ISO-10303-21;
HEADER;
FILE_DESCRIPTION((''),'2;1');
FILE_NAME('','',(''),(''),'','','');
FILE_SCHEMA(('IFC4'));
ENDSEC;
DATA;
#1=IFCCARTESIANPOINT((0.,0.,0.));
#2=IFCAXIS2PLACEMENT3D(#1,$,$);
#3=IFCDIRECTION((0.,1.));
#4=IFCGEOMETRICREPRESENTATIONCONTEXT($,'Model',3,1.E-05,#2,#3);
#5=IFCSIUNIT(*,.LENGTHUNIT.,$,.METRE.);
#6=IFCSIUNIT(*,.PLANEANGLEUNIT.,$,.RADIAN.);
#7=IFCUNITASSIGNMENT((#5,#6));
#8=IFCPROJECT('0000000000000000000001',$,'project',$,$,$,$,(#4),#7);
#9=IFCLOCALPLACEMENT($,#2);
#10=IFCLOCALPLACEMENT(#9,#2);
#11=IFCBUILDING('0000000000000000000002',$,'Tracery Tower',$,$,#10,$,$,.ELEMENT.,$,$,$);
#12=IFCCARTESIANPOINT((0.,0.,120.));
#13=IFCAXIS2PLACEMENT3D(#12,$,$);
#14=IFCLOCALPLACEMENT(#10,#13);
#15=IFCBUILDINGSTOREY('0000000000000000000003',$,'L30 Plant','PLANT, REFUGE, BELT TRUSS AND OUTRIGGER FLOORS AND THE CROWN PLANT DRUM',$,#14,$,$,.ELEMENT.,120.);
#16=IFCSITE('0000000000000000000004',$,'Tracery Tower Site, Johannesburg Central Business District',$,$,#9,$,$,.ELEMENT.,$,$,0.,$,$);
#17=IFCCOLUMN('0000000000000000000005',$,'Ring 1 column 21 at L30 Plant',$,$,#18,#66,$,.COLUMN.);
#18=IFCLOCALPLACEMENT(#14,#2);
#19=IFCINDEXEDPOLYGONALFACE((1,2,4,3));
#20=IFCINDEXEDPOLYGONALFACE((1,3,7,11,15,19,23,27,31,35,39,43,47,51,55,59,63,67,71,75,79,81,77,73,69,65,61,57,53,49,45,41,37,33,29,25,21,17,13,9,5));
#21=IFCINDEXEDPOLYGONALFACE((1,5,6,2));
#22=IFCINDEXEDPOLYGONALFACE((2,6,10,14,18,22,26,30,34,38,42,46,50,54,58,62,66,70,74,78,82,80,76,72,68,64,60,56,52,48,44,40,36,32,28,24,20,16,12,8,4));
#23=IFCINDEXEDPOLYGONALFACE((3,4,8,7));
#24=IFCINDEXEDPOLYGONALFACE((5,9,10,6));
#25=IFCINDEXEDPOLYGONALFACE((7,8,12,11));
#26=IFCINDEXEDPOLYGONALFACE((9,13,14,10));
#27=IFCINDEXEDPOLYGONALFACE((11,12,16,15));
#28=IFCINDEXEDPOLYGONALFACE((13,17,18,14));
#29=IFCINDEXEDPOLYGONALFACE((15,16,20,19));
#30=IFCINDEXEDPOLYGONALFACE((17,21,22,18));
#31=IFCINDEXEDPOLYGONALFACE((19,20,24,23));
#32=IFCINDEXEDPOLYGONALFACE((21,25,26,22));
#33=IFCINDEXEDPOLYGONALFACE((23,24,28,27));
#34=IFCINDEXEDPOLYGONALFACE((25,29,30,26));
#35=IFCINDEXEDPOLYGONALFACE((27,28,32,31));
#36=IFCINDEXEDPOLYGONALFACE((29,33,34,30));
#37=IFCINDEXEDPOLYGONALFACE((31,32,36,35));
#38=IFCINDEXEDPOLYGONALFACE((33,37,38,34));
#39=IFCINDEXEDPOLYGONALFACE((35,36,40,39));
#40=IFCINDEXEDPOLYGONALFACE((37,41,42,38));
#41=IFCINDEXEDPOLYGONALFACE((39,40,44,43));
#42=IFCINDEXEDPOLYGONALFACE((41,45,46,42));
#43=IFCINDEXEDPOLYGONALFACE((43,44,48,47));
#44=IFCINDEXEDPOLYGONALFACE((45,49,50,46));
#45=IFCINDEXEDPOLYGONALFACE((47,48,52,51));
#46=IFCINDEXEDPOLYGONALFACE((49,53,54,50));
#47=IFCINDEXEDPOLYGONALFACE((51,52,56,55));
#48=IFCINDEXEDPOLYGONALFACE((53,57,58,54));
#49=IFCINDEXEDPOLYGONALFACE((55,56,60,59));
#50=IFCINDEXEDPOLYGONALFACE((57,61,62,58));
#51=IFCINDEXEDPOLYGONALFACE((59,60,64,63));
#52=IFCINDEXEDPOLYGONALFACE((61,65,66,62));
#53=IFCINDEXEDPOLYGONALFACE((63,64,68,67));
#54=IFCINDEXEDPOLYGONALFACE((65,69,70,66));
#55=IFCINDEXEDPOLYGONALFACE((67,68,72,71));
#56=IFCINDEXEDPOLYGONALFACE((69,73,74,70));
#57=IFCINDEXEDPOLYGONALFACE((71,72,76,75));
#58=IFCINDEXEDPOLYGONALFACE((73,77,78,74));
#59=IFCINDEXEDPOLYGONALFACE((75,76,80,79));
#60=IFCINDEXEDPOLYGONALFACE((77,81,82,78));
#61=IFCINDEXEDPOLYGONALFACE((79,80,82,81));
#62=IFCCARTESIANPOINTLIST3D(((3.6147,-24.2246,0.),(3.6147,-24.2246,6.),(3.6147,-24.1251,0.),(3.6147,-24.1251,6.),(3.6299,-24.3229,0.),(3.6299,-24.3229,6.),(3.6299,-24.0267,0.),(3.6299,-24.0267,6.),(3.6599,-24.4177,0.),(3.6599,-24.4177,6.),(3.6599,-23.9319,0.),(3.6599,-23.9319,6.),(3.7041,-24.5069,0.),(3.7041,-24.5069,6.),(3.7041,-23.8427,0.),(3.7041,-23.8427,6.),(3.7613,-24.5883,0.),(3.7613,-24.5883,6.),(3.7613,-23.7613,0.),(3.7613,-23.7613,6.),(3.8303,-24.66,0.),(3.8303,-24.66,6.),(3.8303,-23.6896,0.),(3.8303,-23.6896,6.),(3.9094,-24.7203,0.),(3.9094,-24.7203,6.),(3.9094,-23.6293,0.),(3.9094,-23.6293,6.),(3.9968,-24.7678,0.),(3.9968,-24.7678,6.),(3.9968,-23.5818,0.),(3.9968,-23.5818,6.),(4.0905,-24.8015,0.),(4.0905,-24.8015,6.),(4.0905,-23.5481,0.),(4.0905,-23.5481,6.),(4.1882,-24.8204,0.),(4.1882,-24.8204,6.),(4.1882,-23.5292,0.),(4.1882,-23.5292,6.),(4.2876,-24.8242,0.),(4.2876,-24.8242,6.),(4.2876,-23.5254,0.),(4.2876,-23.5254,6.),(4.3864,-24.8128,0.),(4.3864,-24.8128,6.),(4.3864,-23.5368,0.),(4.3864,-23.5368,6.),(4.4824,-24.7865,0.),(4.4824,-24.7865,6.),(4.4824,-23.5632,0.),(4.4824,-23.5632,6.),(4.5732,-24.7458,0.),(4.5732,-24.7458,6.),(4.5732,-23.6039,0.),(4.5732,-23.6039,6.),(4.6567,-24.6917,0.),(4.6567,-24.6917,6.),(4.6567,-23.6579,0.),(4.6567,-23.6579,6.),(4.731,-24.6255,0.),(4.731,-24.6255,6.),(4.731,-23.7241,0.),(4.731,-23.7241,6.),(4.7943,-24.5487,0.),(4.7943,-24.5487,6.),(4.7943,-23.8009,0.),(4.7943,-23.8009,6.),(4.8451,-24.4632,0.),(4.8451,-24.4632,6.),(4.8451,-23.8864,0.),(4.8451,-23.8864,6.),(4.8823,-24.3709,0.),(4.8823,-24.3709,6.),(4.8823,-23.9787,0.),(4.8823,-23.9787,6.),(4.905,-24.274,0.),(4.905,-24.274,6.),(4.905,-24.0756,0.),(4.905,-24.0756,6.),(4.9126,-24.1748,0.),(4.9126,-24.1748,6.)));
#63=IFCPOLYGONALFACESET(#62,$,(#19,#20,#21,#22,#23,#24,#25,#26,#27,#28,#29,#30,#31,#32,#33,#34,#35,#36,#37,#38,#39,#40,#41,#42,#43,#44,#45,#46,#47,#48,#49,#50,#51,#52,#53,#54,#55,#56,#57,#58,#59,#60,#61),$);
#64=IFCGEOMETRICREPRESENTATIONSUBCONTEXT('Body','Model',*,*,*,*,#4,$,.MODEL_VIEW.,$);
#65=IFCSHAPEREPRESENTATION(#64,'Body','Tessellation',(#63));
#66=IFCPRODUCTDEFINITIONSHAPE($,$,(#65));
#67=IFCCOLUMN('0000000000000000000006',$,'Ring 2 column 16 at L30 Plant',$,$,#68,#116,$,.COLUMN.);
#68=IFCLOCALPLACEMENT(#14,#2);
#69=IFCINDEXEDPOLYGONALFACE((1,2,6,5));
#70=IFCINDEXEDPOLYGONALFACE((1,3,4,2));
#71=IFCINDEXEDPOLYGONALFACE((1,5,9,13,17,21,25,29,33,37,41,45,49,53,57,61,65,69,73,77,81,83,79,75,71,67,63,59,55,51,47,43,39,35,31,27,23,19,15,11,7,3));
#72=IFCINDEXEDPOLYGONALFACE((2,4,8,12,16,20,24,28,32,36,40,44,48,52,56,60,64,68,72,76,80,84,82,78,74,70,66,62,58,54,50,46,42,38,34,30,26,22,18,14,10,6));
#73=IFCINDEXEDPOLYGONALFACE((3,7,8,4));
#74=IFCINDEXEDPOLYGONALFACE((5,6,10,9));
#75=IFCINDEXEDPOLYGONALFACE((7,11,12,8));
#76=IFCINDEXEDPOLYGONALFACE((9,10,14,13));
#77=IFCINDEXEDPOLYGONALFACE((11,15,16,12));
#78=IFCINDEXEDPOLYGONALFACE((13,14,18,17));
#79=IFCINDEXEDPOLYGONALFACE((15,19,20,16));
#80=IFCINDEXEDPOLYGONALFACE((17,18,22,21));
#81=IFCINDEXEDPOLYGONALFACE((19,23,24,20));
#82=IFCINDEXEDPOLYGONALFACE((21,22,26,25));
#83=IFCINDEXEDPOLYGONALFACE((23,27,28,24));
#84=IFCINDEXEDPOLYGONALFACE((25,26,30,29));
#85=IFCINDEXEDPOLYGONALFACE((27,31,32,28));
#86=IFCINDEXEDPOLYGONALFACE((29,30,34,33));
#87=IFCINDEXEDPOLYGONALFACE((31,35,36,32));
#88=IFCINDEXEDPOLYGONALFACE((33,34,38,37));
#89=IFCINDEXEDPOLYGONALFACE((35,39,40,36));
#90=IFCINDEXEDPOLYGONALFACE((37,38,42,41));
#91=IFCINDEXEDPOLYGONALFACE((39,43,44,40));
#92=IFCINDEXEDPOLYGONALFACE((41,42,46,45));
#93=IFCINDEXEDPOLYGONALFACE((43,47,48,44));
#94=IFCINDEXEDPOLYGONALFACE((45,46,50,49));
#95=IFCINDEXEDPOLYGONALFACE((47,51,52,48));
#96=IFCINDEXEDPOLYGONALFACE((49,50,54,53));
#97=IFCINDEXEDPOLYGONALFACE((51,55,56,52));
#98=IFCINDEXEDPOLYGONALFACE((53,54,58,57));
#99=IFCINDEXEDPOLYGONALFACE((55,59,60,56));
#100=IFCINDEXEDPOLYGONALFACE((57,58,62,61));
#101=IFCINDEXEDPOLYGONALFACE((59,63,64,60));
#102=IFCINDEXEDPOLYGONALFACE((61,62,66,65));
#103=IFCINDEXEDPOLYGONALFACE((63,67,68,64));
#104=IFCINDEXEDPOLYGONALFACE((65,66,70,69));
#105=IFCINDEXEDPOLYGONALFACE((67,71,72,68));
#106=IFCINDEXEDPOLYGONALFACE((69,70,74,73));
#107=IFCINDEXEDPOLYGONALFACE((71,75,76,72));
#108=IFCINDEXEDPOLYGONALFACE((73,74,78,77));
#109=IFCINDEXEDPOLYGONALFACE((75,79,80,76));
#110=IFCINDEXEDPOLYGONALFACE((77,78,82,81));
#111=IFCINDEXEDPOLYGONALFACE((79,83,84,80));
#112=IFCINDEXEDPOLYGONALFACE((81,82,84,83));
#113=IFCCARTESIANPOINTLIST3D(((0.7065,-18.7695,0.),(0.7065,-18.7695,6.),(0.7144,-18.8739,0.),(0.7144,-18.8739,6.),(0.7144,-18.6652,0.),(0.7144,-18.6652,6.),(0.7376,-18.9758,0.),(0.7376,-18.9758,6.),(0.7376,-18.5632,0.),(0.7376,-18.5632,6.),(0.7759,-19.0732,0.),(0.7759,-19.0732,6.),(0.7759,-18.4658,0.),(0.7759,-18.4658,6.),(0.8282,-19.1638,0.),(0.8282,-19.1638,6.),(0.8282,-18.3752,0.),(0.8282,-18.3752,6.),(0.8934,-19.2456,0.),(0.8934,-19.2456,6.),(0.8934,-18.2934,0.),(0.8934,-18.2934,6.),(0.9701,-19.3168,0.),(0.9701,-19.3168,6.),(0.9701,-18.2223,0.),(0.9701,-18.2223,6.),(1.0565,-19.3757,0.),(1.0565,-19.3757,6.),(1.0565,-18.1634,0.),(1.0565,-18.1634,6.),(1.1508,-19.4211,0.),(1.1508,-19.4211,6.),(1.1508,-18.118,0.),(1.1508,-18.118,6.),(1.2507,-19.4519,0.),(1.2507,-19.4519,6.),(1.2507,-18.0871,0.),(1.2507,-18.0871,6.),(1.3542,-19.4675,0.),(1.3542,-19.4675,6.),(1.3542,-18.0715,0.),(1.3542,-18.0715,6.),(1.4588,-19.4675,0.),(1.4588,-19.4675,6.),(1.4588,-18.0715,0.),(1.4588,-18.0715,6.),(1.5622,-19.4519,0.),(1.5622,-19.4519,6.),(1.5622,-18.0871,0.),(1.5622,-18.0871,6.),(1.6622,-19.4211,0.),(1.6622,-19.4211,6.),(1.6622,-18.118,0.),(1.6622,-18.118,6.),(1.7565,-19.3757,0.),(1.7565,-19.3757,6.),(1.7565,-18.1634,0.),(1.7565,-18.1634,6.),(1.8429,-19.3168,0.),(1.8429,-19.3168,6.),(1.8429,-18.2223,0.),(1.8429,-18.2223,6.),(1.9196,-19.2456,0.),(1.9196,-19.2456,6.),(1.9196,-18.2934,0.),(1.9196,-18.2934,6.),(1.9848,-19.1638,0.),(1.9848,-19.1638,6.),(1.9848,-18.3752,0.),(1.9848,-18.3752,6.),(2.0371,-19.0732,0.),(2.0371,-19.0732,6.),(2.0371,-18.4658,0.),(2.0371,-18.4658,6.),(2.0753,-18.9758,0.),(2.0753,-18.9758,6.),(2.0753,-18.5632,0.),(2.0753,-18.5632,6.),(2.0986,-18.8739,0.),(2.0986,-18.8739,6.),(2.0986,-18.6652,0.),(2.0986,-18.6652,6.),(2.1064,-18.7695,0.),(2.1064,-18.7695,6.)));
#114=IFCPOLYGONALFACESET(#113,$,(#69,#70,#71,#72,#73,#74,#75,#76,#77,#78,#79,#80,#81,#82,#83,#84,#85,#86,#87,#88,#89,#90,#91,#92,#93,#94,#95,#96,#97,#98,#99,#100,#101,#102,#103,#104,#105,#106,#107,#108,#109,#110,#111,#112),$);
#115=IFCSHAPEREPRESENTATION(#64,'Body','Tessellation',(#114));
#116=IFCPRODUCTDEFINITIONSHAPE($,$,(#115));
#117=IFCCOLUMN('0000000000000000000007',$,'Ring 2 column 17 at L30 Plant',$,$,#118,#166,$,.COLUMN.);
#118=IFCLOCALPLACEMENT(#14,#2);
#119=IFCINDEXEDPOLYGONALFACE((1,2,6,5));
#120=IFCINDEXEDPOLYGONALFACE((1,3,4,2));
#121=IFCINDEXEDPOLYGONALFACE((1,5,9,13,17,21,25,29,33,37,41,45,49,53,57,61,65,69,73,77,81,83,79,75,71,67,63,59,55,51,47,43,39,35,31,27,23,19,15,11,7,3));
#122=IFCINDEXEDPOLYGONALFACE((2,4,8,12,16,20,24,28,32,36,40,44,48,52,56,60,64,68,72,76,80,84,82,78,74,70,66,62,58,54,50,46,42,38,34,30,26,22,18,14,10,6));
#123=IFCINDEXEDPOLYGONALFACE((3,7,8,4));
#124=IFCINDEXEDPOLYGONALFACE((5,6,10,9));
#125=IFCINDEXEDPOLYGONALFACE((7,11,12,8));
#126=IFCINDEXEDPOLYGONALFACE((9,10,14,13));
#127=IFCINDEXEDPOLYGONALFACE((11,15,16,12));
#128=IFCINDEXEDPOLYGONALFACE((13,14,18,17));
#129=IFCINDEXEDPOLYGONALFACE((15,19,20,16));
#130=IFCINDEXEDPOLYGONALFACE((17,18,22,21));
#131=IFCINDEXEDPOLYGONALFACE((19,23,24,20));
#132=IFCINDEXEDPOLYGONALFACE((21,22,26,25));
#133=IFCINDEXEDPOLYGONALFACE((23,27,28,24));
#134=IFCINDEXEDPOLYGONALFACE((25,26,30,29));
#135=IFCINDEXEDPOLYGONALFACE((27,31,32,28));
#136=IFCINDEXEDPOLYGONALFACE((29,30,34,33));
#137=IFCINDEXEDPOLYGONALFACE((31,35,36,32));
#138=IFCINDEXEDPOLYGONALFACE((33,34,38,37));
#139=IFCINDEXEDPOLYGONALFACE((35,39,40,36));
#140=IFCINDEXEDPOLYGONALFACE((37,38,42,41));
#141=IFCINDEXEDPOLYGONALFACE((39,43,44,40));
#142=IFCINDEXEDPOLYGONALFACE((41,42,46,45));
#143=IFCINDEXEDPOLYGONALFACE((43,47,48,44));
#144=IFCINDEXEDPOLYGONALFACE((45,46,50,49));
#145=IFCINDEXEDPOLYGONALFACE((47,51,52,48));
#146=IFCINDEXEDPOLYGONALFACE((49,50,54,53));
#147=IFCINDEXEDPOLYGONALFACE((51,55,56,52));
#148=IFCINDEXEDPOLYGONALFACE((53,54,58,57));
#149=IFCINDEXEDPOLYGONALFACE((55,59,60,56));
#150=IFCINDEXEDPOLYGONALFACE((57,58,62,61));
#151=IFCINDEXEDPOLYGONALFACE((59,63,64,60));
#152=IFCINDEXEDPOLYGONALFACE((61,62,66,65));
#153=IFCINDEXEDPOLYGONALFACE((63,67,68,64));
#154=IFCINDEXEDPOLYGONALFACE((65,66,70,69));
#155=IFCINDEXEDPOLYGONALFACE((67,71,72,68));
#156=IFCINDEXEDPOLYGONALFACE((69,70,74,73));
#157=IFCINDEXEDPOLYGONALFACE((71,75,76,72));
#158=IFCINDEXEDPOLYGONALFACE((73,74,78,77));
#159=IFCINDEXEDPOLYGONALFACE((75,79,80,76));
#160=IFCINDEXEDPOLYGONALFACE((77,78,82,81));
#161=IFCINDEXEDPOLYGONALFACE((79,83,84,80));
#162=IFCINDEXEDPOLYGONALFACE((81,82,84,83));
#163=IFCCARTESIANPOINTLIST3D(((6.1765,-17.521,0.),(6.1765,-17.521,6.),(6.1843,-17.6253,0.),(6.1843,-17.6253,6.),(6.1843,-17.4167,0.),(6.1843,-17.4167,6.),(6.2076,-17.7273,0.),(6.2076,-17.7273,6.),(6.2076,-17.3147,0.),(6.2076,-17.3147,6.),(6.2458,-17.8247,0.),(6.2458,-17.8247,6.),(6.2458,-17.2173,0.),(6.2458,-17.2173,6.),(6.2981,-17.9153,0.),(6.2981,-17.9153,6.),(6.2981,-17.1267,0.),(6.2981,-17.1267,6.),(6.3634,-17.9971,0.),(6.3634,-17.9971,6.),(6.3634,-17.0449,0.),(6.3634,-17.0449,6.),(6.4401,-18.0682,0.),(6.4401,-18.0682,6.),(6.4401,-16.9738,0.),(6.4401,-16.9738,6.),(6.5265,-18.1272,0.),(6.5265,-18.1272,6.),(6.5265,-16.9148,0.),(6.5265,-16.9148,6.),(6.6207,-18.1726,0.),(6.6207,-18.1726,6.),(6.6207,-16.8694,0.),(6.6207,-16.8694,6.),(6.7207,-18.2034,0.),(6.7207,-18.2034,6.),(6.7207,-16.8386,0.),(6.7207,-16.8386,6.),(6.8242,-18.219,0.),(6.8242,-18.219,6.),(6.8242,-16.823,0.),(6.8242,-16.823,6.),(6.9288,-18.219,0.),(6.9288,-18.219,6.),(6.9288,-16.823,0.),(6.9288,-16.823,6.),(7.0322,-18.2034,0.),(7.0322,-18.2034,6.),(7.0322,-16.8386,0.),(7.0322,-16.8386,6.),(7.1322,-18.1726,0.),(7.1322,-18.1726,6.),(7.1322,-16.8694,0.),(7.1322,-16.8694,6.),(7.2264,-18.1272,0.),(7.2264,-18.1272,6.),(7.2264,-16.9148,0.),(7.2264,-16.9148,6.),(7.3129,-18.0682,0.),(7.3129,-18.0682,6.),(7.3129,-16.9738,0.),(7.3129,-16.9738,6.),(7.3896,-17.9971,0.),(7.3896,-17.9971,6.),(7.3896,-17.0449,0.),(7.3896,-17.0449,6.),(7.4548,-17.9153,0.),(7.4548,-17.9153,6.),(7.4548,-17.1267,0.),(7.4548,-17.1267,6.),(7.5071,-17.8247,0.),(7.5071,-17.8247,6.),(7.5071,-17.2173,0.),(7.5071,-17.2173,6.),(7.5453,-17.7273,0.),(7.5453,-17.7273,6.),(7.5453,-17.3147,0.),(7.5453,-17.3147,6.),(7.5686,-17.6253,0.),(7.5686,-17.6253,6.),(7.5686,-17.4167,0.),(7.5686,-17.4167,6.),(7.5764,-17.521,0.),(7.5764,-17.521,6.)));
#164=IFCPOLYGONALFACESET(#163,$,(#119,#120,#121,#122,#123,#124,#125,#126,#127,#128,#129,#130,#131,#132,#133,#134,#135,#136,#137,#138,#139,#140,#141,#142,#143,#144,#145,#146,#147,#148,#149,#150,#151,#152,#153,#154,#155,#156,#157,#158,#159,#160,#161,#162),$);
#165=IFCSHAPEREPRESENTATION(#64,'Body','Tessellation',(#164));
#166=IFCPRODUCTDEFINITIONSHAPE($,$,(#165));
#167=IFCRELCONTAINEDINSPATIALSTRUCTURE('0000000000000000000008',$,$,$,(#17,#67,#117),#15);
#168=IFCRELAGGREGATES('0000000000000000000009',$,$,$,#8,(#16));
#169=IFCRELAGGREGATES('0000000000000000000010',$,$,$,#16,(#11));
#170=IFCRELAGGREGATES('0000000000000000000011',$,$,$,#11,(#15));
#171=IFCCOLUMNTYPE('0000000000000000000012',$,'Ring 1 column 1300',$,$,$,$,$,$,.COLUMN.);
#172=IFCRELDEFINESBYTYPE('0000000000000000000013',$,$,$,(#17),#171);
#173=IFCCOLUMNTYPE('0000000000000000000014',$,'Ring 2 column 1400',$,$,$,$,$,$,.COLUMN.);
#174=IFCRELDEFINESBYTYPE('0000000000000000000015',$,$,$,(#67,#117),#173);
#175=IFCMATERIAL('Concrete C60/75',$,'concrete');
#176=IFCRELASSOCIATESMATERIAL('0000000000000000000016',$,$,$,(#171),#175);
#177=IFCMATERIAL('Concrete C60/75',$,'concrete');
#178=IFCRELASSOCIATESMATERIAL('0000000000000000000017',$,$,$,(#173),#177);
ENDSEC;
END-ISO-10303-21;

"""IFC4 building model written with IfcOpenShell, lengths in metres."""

from ifc_helpers import new_model, si_unit, direction, frame, origin, origin_2d, place, context, subcontext, project, spatial, circle, extrude, material, material_profile, profile_set, type_object, element, save


model = new_model("IFC4")

# Units and contexts
model_context = context("Model", 3, precision=1e-05, world=origin(), true_north=direction((0.0, 1.0)))
body_context = subcontext(model_context, "Body", "Model", "MODEL_VIEW")
ifc_project = project(units=[si_unit("LENGTHUNIT", "METRE"), si_unit("PLANEANGLEUNIT", "RADIAN")], contexts=[model_context])

# Site, building, storey
site_placement = place(None, origin())
site = spatial("IfcSite", under=ifc_project, at=site_placement, Name="Tracery Tower Site, Johannesburg Central Business District", CompositionType="ELEMENT", RefElevation=0.0)
building_placement = place(site_placement, origin())
building = spatial("IfcBuilding", under=site, at=building_placement, Name="Tracery Tower", CompositionType="ELEMENT")
storey_placement = place(building_placement, frame((0.0, 0.0, 120.0)))
storey = spatial("IfcBuildingStorey", under=building, at=storey_placement, Name="L30 Plant", Description="PLANT, REFUGE, BELT TRUSS AND OUTRIGGER FLOORS AND THE CROWN PLANT DRUM", CompositionType="ELEMENT", Elevation=120.0)

# Columns
ifc_material_1 = material(Name="Concrete C60/75", Category="concrete")
ifc_material_profile_1 = material_profile(ifc_material_1, circle(Radius=0.6499, at=origin_2d()), Name="RC D1300")
ifc_profile_set_1 = profile_set([ifc_material_profile_1], Name="Concrete C60/75")
column_type_1 = type_object("IfcColumnType", Name="Ring 1 column 1300", PredefinedType="COLUMN", material=ifc_profile_set_1)
column_placement = place(storey_placement, frame((4.2627, -24.1748, 0.0), z_axis=(0.0, 0.0, 1.0), x_axis=(1.0, 0.0, 0.0)))
element("IfcColumn", 1, at=column_placement, inside=storey, type_object=column_type_1, Name="Ring 1 column 21 at L30 Plant", PredefinedType="COLUMN", context=body_context, shape_type="SweptSolid", body=[
    extrude(circle(Radius=0.6499, at=origin_2d()), origin(), (0.0, 0.0, 1.0), 6.0),
])
ifc_material_2 = material(Name="Concrete C60/75", Category="concrete")
ifc_material_profile_2 = material_profile(ifc_material_2, circle(Radius=0.7, at=origin_2d()), Name="RC D1400")
ifc_profile_set_2 = profile_set([ifc_material_profile_2], Name="Concrete C60/75")
column_type_2 = type_object("IfcColumnType", Name="Ring 2 column 1400", PredefinedType="COLUMN", material=ifc_profile_set_2)
for number, where, z_axis, x_axis, name in (
    (2, (1.4065, -18.7695, 0.0), (0.0, 0.0, 1.0), (1.0, 0.0, 0.0), "Ring 2 column 16 at L30 Plant"),
    (3, (6.8765, -17.521, 0.0), (0.0, 0.0, 1.0), (1.0, 0.0, 0.0), "Ring 2 column 17 at L30 Plant"),
):
    element("IfcColumn", number, at=place(storey_placement, frame(where, z_axis=z_axis, x_axis=x_axis)), inside=storey, type_object=column_type_2, Name=name, PredefinedType="COLUMN", context=body_context, shape_type="SweptSolid", body=[
        extrude(circle(Radius=0.7, at=origin_2d()), origin(), (0.0, 0.0, 1.0), 6.0),
    ])

save(model, "model.ifc")
